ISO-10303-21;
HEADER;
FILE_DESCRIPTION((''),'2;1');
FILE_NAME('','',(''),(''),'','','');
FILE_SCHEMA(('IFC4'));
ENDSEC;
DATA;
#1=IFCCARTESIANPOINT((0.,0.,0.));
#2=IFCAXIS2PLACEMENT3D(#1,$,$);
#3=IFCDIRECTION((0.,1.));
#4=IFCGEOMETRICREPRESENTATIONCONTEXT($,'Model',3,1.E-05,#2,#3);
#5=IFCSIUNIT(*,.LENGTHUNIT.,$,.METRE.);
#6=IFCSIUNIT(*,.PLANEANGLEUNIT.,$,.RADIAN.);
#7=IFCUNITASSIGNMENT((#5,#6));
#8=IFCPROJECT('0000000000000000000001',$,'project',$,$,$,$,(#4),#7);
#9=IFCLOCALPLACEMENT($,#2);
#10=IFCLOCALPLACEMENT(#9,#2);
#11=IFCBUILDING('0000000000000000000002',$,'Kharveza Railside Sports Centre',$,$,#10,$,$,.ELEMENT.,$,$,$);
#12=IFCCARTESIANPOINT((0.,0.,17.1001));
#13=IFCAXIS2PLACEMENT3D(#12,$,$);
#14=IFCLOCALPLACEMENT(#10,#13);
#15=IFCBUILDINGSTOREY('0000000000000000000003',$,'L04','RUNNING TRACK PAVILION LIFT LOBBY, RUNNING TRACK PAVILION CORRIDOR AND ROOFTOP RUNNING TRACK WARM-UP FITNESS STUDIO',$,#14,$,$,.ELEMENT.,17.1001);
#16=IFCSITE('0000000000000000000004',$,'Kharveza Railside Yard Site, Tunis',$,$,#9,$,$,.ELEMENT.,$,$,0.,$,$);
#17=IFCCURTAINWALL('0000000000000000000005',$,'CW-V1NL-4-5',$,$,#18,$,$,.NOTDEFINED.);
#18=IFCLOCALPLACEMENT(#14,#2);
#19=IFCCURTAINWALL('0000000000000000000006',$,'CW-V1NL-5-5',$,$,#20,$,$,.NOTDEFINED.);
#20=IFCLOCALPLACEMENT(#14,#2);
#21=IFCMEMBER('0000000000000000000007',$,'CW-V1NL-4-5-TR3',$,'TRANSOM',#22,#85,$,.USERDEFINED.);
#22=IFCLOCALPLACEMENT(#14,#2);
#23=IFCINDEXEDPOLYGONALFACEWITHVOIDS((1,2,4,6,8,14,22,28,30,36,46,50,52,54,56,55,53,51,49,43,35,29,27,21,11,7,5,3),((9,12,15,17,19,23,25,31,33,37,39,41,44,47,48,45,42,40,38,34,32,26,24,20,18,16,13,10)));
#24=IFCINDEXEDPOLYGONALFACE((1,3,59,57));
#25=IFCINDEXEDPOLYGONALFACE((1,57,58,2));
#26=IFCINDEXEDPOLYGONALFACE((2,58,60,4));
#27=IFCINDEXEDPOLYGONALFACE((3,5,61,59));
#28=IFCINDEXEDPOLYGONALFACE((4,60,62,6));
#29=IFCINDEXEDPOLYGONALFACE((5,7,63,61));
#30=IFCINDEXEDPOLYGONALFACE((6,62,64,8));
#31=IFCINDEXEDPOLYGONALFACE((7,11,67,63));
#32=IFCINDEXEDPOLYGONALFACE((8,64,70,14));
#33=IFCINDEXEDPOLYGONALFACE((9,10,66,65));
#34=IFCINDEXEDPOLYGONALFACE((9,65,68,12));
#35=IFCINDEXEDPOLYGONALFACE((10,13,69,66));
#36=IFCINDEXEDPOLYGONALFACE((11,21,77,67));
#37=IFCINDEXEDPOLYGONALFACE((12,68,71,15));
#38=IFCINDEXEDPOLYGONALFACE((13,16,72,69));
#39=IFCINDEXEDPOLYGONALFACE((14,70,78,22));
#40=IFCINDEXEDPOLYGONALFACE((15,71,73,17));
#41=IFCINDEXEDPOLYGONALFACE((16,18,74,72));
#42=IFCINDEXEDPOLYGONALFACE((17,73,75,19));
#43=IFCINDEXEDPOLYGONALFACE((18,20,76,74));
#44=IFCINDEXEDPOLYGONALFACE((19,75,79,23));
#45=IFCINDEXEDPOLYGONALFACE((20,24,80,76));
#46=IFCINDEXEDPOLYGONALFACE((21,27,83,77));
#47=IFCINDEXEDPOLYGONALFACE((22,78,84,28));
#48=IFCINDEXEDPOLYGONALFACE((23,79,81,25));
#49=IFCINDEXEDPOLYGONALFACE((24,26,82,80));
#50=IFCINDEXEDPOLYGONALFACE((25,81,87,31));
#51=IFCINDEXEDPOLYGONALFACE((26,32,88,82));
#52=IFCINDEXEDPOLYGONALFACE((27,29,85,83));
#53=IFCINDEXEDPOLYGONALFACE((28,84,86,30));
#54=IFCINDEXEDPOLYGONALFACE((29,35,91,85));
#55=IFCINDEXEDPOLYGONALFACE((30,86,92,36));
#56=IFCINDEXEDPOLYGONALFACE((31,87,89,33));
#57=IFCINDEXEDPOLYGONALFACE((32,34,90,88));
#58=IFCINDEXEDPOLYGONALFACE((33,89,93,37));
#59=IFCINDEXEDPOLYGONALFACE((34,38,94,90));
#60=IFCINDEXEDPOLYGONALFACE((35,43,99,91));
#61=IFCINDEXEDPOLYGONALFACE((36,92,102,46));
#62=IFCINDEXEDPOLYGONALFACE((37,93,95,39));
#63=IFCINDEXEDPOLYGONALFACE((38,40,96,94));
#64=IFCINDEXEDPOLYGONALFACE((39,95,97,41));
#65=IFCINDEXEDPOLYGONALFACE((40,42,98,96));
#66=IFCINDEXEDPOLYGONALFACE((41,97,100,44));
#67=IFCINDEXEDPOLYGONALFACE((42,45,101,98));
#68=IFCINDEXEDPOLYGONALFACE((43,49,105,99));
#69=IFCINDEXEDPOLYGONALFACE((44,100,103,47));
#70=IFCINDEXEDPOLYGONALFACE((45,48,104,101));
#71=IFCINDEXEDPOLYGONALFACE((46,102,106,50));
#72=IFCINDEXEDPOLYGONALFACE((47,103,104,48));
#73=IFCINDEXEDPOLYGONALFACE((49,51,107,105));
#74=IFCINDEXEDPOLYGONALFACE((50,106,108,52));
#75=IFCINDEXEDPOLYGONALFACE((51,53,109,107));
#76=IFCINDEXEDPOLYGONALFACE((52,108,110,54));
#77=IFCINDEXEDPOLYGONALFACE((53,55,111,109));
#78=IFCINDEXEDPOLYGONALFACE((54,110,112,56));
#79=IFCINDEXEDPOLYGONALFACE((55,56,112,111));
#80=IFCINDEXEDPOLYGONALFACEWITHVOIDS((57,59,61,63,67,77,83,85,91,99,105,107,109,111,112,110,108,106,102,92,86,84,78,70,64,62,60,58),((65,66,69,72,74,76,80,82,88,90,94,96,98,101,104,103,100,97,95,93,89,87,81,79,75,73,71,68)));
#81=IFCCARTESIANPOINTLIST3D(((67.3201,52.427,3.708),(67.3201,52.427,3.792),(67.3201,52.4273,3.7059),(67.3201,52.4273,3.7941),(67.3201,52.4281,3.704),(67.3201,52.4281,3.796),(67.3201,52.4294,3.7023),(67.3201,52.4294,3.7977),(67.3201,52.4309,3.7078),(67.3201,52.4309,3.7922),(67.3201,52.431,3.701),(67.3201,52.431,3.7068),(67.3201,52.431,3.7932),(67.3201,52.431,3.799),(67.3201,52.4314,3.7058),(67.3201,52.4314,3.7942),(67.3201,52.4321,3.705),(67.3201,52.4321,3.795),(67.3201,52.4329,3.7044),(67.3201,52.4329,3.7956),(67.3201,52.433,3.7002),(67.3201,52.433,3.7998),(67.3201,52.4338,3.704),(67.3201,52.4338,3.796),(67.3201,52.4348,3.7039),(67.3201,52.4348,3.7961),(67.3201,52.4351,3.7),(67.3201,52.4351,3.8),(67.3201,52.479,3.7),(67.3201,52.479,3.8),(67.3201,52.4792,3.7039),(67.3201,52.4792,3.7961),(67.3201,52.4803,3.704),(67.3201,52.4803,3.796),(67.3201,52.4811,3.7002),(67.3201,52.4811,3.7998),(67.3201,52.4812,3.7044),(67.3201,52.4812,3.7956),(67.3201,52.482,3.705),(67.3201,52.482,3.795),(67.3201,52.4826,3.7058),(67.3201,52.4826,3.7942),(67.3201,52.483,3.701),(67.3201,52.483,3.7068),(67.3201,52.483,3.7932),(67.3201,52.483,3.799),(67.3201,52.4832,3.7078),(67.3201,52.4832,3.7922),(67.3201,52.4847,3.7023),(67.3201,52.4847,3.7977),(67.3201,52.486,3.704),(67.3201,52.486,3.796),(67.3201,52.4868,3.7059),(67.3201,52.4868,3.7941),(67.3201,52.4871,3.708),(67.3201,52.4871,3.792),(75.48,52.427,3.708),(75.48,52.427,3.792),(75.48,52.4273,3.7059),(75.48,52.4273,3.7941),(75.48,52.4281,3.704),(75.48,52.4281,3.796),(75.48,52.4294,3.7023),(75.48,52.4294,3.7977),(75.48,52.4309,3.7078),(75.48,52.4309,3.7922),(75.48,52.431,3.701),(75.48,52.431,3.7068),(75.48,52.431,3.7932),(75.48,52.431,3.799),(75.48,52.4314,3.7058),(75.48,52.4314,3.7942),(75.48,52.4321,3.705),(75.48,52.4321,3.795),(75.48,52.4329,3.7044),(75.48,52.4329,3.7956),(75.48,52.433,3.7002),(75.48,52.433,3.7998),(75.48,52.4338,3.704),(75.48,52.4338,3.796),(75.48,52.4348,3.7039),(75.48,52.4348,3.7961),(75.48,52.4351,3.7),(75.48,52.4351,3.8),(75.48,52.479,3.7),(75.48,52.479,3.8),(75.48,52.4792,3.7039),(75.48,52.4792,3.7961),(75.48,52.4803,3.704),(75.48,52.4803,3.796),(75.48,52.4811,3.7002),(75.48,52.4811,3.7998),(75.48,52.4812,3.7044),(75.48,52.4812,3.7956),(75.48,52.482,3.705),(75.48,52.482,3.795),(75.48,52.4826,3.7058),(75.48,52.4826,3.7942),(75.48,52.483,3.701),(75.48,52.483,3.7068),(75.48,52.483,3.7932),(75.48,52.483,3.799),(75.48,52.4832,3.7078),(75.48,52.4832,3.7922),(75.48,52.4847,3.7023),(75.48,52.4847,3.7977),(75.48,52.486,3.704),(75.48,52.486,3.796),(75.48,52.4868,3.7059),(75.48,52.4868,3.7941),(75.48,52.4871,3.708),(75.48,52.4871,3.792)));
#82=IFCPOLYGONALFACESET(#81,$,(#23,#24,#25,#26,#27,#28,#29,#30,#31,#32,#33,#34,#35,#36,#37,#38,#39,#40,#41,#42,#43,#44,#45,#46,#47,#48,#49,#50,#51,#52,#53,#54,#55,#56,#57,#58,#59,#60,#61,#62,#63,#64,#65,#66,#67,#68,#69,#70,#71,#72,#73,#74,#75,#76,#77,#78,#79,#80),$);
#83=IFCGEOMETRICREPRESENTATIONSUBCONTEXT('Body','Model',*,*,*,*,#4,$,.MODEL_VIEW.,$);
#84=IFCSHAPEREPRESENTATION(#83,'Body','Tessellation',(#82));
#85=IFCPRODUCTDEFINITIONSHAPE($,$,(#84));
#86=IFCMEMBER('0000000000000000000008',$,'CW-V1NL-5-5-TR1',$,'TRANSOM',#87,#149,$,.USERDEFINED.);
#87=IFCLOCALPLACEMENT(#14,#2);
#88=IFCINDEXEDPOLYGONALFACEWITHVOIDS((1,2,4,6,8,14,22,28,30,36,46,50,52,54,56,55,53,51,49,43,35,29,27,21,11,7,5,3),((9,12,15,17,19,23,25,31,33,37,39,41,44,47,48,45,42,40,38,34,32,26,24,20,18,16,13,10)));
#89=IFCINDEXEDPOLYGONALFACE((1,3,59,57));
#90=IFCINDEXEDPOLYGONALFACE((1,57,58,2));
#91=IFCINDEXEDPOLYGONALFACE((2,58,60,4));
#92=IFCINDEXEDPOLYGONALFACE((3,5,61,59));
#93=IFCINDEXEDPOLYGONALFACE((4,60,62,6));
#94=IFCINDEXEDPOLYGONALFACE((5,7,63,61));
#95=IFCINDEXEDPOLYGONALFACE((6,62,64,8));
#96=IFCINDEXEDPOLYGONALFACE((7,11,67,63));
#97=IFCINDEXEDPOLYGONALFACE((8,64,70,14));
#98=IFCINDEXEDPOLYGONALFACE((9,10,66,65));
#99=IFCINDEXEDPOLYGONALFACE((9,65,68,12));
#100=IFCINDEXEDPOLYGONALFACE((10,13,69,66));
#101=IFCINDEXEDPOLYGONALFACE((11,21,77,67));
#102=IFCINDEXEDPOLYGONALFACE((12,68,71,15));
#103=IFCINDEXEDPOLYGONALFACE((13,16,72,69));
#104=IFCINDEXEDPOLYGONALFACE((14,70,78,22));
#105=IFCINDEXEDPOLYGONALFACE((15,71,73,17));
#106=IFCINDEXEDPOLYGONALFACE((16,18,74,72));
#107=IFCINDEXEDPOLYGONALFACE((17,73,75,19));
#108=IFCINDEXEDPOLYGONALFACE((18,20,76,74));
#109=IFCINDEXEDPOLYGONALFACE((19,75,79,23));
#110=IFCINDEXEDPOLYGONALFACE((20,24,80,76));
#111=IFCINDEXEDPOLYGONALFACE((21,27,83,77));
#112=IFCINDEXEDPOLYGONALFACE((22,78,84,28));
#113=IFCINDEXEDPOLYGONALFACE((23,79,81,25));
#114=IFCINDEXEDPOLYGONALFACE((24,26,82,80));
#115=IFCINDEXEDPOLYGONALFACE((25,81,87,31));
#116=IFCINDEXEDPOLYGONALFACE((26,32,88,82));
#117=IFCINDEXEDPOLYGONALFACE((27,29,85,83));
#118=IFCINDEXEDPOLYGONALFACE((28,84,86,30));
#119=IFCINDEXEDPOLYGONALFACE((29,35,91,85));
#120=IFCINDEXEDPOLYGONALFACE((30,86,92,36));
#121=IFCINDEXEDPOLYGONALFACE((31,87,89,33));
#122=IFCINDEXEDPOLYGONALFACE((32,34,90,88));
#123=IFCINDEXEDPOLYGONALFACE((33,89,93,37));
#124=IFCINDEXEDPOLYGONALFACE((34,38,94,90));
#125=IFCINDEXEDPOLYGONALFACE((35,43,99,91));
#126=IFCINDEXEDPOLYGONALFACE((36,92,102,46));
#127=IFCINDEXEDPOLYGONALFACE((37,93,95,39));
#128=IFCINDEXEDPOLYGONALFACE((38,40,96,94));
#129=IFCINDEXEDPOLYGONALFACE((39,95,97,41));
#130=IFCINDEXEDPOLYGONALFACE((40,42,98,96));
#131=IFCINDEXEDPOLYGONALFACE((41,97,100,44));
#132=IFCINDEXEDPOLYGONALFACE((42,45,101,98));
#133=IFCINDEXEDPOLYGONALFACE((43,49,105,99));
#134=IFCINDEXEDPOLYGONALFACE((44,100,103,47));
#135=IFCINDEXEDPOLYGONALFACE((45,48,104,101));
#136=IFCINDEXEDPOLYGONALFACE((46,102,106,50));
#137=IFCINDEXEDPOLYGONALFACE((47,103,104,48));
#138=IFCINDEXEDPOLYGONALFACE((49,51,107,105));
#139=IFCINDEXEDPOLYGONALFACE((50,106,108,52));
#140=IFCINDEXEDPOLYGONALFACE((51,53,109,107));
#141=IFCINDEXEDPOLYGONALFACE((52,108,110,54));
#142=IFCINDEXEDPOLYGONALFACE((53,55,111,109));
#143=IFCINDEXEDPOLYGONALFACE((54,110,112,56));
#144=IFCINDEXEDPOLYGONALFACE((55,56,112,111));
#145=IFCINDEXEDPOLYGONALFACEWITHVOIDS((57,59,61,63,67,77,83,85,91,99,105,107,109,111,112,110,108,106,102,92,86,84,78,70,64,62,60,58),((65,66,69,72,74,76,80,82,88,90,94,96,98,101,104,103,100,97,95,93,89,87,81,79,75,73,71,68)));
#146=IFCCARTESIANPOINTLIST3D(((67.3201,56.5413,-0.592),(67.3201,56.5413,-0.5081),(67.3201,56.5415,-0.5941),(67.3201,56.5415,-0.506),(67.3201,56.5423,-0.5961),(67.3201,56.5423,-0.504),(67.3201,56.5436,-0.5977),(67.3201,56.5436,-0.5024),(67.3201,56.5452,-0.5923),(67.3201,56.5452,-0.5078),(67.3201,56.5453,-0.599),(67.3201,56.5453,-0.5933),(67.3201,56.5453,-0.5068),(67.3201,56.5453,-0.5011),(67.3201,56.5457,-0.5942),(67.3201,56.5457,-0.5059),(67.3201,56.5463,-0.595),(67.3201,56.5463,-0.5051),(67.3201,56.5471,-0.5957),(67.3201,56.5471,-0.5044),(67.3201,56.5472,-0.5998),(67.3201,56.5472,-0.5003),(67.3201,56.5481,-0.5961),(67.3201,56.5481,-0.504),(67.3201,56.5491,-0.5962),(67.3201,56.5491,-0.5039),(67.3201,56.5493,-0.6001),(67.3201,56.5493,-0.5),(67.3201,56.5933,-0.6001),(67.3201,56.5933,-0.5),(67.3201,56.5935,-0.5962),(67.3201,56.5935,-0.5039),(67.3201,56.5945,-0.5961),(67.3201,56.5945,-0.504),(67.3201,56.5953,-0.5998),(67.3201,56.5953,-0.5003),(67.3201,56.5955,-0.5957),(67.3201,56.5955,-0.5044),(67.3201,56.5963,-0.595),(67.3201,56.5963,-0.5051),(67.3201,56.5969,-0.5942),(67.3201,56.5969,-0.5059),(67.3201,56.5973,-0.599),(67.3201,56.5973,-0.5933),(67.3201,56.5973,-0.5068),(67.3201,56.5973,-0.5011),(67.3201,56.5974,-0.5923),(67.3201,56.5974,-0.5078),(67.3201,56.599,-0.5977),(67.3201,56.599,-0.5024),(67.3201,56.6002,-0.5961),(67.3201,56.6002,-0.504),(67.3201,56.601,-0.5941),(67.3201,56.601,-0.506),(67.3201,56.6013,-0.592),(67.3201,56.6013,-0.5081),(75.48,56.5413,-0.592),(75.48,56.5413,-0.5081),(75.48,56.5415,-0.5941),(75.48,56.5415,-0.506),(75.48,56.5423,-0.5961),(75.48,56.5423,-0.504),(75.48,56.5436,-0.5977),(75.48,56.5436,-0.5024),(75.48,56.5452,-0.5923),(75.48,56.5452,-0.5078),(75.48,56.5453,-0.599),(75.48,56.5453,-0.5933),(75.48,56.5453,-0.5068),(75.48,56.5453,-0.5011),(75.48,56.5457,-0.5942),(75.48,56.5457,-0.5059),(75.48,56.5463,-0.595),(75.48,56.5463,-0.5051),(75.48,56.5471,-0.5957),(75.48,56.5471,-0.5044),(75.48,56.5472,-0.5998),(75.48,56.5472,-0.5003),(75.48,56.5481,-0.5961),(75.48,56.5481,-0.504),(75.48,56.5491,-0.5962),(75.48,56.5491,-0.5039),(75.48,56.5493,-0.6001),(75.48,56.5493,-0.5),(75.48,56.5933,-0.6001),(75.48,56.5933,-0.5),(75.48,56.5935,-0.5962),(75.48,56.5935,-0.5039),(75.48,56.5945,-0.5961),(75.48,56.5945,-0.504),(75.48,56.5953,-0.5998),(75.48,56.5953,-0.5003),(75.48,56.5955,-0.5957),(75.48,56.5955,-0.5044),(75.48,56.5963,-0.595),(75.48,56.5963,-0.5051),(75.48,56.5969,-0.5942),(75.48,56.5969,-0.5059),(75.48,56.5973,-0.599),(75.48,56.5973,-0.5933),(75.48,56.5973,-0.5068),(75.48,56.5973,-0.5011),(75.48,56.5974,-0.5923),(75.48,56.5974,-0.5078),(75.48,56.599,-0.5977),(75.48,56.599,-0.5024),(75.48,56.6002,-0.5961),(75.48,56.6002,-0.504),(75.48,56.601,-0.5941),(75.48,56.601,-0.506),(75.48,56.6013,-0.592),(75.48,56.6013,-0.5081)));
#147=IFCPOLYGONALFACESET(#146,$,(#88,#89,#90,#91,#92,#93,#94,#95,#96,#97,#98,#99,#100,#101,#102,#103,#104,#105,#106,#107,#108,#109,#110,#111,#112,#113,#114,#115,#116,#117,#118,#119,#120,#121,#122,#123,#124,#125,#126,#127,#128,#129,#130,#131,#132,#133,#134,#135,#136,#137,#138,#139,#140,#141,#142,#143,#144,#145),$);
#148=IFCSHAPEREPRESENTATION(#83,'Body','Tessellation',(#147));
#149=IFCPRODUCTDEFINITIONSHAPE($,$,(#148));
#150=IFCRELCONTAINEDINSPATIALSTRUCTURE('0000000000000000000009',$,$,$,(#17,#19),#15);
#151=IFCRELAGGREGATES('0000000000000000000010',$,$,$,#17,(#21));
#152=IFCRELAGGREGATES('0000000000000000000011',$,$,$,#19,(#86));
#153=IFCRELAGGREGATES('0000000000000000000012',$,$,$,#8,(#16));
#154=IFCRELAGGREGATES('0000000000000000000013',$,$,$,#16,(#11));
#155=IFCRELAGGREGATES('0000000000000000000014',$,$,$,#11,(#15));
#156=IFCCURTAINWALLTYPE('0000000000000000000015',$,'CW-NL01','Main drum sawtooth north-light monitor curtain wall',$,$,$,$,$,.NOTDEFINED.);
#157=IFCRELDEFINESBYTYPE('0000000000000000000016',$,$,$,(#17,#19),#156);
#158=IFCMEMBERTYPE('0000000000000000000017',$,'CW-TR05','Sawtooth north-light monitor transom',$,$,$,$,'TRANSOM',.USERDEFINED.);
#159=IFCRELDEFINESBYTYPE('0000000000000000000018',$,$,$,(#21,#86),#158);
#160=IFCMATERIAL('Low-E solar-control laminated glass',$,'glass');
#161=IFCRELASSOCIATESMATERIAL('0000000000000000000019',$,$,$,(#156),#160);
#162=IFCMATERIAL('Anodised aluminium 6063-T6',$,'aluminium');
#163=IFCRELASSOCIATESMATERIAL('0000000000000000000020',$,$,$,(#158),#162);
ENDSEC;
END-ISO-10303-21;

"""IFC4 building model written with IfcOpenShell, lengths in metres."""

from ifc_helpers import new_model, si_unit, direction, frame, origin, origin_2d, place, context, subcontext, project, spatial, hollow_rectangle, extrude, material, material_profile, profile_set, type_object, element, aggregate, save


model = new_model("IFC4")

# Units and contexts
model_context = context("Model", 3, precision=1e-05, world=origin(), true_north=direction((0.0, 1.0)))
body_context = subcontext(model_context, "Body", "Model", "MODEL_VIEW")
ifc_project = project(units=[si_unit("LENGTHUNIT", "METRE"), si_unit("PLANEANGLEUNIT", "RADIAN")], contexts=[model_context])

# Site, building, storey
site_placement = place(None, origin())
site = spatial("IfcSite", under=ifc_project, at=site_placement, Name="Kharveza Railside Yard Site, Tunis", CompositionType="ELEMENT", RefElevation=0.0)
building_placement = place(site_placement, origin())
building = spatial("IfcBuilding", under=site, at=building_placement, Name="Kharveza Railside Sports Centre", CompositionType="ELEMENT")
storey_placement = place(building_placement, frame((0.0, 0.0, 17.1001)))
storey = spatial("IfcBuildingStorey", under=building, at=storey_placement, Name="L04", Description="RUNNING TRACK PAVILION LIFT LOBBY, RUNNING TRACK PAVILION CORRIDOR AND ROOFTOP RUNNING TRACK WARM-UP FITNESS STUDIO", CompositionType="ELEMENT", Elevation=17.1001)

# Curtain wall
ifc_material_1 = material(Name="Low-E solar-control laminated glass", Category="glass")
curtain_wall_type = type_object("IfcCurtainWallType", Name="CW-NL01", Description="Main drum sawtooth north-light monitor curtain wall", PredefinedType="NOTDEFINED", material=ifc_material_1)
curtain_wall_1_placement = place(storey_placement, origin())
curtain_wall_1 = element("IfcCurtainWall", 1, at=curtain_wall_1_placement, inside=storey, type_object=curtain_wall_type, Name="CW-V1NL-4-5", PredefinedType="NOTDEFINED")
ifc_material_2 = material(Name="Anodised aluminium 6063-T6", Category="aluminium")

# Curtain wall
curtain_wall_2_placement = place(storey_placement, origin())
curtain_wall_2 = element("IfcCurtainWall", 2, at=curtain_wall_2_placement, inside=storey, type_object=curtain_wall_type, Name="CW-V1NL-5-5", PredefinedType="NOTDEFINED")

# Members
ifc_material_profile_1 = material_profile(ifc_material_2, hollow_rectangle(XDim=0.0601, YDim=0.1001, WallThickness=0.0039, InnerFilletRadius=0.0039, OuterFilletRadius=0.0081, at=origin_2d()), Name="RHS 60x100x4.0")
ifc_profile_set_1 = profile_set([ifc_material_profile_1], Name="Anodised aluminium 6063-T6")
member_type_1 = type_object("IfcMemberType", Name="CW-TR05", Description="Sawtooth north-light monitor transom", ElementType="TRANSOM", PredefinedType="USERDEFINED", material=ifc_profile_set_1)
member_1_placement = place(storey_placement, frame((67.3201, 52.457, 3.75), z_axis=(1.0, 0.0, 0.0), x_axis=(0.0, 1.0, 0.0)))
member_1 = element("IfcMember", 3, at=member_1_placement, type_object=member_type_1, Name="CW-V1NL-4-5-TR3", ObjectType="TRANSOM", PredefinedType="USERDEFINED", context=body_context, shape_type="SweptSolid", body=[
    extrude(hollow_rectangle(XDim=0.0601, YDim=0.1001, WallThickness=0.0039, InnerFilletRadius=0.0039, OuterFilletRadius=0.0081, at=origin_2d()), origin(), (0.0, 0.0, 1.0), 8.1599),
])
member_2_placement = place(storey_placement, frame((67.3201, 56.5713, -0.55), z_axis=(1.0, 0.0, 0.0), x_axis=(0.0, 1.0, 0.0)))
member_2 = element("IfcMember", 4, at=member_2_placement, type_object=member_type_1, Name="CW-V1NL-5-5-TR1", ObjectType="TRANSOM", PredefinedType="USERDEFINED", context=body_context, shape_type="SweptSolid", body=[
    extrude(hollow_rectangle(XDim=0.0601, YDim=0.1001, WallThickness=0.0039, InnerFilletRadius=0.0039, OuterFilletRadius=0.0081, at=origin_2d()), origin(), (0.0, 0.0, 1.0), 8.1599),
])

aggregate(curtain_wall_1, [member_1])
aggregate(curtain_wall_2, [member_2])

save(model, "model.ifc")
